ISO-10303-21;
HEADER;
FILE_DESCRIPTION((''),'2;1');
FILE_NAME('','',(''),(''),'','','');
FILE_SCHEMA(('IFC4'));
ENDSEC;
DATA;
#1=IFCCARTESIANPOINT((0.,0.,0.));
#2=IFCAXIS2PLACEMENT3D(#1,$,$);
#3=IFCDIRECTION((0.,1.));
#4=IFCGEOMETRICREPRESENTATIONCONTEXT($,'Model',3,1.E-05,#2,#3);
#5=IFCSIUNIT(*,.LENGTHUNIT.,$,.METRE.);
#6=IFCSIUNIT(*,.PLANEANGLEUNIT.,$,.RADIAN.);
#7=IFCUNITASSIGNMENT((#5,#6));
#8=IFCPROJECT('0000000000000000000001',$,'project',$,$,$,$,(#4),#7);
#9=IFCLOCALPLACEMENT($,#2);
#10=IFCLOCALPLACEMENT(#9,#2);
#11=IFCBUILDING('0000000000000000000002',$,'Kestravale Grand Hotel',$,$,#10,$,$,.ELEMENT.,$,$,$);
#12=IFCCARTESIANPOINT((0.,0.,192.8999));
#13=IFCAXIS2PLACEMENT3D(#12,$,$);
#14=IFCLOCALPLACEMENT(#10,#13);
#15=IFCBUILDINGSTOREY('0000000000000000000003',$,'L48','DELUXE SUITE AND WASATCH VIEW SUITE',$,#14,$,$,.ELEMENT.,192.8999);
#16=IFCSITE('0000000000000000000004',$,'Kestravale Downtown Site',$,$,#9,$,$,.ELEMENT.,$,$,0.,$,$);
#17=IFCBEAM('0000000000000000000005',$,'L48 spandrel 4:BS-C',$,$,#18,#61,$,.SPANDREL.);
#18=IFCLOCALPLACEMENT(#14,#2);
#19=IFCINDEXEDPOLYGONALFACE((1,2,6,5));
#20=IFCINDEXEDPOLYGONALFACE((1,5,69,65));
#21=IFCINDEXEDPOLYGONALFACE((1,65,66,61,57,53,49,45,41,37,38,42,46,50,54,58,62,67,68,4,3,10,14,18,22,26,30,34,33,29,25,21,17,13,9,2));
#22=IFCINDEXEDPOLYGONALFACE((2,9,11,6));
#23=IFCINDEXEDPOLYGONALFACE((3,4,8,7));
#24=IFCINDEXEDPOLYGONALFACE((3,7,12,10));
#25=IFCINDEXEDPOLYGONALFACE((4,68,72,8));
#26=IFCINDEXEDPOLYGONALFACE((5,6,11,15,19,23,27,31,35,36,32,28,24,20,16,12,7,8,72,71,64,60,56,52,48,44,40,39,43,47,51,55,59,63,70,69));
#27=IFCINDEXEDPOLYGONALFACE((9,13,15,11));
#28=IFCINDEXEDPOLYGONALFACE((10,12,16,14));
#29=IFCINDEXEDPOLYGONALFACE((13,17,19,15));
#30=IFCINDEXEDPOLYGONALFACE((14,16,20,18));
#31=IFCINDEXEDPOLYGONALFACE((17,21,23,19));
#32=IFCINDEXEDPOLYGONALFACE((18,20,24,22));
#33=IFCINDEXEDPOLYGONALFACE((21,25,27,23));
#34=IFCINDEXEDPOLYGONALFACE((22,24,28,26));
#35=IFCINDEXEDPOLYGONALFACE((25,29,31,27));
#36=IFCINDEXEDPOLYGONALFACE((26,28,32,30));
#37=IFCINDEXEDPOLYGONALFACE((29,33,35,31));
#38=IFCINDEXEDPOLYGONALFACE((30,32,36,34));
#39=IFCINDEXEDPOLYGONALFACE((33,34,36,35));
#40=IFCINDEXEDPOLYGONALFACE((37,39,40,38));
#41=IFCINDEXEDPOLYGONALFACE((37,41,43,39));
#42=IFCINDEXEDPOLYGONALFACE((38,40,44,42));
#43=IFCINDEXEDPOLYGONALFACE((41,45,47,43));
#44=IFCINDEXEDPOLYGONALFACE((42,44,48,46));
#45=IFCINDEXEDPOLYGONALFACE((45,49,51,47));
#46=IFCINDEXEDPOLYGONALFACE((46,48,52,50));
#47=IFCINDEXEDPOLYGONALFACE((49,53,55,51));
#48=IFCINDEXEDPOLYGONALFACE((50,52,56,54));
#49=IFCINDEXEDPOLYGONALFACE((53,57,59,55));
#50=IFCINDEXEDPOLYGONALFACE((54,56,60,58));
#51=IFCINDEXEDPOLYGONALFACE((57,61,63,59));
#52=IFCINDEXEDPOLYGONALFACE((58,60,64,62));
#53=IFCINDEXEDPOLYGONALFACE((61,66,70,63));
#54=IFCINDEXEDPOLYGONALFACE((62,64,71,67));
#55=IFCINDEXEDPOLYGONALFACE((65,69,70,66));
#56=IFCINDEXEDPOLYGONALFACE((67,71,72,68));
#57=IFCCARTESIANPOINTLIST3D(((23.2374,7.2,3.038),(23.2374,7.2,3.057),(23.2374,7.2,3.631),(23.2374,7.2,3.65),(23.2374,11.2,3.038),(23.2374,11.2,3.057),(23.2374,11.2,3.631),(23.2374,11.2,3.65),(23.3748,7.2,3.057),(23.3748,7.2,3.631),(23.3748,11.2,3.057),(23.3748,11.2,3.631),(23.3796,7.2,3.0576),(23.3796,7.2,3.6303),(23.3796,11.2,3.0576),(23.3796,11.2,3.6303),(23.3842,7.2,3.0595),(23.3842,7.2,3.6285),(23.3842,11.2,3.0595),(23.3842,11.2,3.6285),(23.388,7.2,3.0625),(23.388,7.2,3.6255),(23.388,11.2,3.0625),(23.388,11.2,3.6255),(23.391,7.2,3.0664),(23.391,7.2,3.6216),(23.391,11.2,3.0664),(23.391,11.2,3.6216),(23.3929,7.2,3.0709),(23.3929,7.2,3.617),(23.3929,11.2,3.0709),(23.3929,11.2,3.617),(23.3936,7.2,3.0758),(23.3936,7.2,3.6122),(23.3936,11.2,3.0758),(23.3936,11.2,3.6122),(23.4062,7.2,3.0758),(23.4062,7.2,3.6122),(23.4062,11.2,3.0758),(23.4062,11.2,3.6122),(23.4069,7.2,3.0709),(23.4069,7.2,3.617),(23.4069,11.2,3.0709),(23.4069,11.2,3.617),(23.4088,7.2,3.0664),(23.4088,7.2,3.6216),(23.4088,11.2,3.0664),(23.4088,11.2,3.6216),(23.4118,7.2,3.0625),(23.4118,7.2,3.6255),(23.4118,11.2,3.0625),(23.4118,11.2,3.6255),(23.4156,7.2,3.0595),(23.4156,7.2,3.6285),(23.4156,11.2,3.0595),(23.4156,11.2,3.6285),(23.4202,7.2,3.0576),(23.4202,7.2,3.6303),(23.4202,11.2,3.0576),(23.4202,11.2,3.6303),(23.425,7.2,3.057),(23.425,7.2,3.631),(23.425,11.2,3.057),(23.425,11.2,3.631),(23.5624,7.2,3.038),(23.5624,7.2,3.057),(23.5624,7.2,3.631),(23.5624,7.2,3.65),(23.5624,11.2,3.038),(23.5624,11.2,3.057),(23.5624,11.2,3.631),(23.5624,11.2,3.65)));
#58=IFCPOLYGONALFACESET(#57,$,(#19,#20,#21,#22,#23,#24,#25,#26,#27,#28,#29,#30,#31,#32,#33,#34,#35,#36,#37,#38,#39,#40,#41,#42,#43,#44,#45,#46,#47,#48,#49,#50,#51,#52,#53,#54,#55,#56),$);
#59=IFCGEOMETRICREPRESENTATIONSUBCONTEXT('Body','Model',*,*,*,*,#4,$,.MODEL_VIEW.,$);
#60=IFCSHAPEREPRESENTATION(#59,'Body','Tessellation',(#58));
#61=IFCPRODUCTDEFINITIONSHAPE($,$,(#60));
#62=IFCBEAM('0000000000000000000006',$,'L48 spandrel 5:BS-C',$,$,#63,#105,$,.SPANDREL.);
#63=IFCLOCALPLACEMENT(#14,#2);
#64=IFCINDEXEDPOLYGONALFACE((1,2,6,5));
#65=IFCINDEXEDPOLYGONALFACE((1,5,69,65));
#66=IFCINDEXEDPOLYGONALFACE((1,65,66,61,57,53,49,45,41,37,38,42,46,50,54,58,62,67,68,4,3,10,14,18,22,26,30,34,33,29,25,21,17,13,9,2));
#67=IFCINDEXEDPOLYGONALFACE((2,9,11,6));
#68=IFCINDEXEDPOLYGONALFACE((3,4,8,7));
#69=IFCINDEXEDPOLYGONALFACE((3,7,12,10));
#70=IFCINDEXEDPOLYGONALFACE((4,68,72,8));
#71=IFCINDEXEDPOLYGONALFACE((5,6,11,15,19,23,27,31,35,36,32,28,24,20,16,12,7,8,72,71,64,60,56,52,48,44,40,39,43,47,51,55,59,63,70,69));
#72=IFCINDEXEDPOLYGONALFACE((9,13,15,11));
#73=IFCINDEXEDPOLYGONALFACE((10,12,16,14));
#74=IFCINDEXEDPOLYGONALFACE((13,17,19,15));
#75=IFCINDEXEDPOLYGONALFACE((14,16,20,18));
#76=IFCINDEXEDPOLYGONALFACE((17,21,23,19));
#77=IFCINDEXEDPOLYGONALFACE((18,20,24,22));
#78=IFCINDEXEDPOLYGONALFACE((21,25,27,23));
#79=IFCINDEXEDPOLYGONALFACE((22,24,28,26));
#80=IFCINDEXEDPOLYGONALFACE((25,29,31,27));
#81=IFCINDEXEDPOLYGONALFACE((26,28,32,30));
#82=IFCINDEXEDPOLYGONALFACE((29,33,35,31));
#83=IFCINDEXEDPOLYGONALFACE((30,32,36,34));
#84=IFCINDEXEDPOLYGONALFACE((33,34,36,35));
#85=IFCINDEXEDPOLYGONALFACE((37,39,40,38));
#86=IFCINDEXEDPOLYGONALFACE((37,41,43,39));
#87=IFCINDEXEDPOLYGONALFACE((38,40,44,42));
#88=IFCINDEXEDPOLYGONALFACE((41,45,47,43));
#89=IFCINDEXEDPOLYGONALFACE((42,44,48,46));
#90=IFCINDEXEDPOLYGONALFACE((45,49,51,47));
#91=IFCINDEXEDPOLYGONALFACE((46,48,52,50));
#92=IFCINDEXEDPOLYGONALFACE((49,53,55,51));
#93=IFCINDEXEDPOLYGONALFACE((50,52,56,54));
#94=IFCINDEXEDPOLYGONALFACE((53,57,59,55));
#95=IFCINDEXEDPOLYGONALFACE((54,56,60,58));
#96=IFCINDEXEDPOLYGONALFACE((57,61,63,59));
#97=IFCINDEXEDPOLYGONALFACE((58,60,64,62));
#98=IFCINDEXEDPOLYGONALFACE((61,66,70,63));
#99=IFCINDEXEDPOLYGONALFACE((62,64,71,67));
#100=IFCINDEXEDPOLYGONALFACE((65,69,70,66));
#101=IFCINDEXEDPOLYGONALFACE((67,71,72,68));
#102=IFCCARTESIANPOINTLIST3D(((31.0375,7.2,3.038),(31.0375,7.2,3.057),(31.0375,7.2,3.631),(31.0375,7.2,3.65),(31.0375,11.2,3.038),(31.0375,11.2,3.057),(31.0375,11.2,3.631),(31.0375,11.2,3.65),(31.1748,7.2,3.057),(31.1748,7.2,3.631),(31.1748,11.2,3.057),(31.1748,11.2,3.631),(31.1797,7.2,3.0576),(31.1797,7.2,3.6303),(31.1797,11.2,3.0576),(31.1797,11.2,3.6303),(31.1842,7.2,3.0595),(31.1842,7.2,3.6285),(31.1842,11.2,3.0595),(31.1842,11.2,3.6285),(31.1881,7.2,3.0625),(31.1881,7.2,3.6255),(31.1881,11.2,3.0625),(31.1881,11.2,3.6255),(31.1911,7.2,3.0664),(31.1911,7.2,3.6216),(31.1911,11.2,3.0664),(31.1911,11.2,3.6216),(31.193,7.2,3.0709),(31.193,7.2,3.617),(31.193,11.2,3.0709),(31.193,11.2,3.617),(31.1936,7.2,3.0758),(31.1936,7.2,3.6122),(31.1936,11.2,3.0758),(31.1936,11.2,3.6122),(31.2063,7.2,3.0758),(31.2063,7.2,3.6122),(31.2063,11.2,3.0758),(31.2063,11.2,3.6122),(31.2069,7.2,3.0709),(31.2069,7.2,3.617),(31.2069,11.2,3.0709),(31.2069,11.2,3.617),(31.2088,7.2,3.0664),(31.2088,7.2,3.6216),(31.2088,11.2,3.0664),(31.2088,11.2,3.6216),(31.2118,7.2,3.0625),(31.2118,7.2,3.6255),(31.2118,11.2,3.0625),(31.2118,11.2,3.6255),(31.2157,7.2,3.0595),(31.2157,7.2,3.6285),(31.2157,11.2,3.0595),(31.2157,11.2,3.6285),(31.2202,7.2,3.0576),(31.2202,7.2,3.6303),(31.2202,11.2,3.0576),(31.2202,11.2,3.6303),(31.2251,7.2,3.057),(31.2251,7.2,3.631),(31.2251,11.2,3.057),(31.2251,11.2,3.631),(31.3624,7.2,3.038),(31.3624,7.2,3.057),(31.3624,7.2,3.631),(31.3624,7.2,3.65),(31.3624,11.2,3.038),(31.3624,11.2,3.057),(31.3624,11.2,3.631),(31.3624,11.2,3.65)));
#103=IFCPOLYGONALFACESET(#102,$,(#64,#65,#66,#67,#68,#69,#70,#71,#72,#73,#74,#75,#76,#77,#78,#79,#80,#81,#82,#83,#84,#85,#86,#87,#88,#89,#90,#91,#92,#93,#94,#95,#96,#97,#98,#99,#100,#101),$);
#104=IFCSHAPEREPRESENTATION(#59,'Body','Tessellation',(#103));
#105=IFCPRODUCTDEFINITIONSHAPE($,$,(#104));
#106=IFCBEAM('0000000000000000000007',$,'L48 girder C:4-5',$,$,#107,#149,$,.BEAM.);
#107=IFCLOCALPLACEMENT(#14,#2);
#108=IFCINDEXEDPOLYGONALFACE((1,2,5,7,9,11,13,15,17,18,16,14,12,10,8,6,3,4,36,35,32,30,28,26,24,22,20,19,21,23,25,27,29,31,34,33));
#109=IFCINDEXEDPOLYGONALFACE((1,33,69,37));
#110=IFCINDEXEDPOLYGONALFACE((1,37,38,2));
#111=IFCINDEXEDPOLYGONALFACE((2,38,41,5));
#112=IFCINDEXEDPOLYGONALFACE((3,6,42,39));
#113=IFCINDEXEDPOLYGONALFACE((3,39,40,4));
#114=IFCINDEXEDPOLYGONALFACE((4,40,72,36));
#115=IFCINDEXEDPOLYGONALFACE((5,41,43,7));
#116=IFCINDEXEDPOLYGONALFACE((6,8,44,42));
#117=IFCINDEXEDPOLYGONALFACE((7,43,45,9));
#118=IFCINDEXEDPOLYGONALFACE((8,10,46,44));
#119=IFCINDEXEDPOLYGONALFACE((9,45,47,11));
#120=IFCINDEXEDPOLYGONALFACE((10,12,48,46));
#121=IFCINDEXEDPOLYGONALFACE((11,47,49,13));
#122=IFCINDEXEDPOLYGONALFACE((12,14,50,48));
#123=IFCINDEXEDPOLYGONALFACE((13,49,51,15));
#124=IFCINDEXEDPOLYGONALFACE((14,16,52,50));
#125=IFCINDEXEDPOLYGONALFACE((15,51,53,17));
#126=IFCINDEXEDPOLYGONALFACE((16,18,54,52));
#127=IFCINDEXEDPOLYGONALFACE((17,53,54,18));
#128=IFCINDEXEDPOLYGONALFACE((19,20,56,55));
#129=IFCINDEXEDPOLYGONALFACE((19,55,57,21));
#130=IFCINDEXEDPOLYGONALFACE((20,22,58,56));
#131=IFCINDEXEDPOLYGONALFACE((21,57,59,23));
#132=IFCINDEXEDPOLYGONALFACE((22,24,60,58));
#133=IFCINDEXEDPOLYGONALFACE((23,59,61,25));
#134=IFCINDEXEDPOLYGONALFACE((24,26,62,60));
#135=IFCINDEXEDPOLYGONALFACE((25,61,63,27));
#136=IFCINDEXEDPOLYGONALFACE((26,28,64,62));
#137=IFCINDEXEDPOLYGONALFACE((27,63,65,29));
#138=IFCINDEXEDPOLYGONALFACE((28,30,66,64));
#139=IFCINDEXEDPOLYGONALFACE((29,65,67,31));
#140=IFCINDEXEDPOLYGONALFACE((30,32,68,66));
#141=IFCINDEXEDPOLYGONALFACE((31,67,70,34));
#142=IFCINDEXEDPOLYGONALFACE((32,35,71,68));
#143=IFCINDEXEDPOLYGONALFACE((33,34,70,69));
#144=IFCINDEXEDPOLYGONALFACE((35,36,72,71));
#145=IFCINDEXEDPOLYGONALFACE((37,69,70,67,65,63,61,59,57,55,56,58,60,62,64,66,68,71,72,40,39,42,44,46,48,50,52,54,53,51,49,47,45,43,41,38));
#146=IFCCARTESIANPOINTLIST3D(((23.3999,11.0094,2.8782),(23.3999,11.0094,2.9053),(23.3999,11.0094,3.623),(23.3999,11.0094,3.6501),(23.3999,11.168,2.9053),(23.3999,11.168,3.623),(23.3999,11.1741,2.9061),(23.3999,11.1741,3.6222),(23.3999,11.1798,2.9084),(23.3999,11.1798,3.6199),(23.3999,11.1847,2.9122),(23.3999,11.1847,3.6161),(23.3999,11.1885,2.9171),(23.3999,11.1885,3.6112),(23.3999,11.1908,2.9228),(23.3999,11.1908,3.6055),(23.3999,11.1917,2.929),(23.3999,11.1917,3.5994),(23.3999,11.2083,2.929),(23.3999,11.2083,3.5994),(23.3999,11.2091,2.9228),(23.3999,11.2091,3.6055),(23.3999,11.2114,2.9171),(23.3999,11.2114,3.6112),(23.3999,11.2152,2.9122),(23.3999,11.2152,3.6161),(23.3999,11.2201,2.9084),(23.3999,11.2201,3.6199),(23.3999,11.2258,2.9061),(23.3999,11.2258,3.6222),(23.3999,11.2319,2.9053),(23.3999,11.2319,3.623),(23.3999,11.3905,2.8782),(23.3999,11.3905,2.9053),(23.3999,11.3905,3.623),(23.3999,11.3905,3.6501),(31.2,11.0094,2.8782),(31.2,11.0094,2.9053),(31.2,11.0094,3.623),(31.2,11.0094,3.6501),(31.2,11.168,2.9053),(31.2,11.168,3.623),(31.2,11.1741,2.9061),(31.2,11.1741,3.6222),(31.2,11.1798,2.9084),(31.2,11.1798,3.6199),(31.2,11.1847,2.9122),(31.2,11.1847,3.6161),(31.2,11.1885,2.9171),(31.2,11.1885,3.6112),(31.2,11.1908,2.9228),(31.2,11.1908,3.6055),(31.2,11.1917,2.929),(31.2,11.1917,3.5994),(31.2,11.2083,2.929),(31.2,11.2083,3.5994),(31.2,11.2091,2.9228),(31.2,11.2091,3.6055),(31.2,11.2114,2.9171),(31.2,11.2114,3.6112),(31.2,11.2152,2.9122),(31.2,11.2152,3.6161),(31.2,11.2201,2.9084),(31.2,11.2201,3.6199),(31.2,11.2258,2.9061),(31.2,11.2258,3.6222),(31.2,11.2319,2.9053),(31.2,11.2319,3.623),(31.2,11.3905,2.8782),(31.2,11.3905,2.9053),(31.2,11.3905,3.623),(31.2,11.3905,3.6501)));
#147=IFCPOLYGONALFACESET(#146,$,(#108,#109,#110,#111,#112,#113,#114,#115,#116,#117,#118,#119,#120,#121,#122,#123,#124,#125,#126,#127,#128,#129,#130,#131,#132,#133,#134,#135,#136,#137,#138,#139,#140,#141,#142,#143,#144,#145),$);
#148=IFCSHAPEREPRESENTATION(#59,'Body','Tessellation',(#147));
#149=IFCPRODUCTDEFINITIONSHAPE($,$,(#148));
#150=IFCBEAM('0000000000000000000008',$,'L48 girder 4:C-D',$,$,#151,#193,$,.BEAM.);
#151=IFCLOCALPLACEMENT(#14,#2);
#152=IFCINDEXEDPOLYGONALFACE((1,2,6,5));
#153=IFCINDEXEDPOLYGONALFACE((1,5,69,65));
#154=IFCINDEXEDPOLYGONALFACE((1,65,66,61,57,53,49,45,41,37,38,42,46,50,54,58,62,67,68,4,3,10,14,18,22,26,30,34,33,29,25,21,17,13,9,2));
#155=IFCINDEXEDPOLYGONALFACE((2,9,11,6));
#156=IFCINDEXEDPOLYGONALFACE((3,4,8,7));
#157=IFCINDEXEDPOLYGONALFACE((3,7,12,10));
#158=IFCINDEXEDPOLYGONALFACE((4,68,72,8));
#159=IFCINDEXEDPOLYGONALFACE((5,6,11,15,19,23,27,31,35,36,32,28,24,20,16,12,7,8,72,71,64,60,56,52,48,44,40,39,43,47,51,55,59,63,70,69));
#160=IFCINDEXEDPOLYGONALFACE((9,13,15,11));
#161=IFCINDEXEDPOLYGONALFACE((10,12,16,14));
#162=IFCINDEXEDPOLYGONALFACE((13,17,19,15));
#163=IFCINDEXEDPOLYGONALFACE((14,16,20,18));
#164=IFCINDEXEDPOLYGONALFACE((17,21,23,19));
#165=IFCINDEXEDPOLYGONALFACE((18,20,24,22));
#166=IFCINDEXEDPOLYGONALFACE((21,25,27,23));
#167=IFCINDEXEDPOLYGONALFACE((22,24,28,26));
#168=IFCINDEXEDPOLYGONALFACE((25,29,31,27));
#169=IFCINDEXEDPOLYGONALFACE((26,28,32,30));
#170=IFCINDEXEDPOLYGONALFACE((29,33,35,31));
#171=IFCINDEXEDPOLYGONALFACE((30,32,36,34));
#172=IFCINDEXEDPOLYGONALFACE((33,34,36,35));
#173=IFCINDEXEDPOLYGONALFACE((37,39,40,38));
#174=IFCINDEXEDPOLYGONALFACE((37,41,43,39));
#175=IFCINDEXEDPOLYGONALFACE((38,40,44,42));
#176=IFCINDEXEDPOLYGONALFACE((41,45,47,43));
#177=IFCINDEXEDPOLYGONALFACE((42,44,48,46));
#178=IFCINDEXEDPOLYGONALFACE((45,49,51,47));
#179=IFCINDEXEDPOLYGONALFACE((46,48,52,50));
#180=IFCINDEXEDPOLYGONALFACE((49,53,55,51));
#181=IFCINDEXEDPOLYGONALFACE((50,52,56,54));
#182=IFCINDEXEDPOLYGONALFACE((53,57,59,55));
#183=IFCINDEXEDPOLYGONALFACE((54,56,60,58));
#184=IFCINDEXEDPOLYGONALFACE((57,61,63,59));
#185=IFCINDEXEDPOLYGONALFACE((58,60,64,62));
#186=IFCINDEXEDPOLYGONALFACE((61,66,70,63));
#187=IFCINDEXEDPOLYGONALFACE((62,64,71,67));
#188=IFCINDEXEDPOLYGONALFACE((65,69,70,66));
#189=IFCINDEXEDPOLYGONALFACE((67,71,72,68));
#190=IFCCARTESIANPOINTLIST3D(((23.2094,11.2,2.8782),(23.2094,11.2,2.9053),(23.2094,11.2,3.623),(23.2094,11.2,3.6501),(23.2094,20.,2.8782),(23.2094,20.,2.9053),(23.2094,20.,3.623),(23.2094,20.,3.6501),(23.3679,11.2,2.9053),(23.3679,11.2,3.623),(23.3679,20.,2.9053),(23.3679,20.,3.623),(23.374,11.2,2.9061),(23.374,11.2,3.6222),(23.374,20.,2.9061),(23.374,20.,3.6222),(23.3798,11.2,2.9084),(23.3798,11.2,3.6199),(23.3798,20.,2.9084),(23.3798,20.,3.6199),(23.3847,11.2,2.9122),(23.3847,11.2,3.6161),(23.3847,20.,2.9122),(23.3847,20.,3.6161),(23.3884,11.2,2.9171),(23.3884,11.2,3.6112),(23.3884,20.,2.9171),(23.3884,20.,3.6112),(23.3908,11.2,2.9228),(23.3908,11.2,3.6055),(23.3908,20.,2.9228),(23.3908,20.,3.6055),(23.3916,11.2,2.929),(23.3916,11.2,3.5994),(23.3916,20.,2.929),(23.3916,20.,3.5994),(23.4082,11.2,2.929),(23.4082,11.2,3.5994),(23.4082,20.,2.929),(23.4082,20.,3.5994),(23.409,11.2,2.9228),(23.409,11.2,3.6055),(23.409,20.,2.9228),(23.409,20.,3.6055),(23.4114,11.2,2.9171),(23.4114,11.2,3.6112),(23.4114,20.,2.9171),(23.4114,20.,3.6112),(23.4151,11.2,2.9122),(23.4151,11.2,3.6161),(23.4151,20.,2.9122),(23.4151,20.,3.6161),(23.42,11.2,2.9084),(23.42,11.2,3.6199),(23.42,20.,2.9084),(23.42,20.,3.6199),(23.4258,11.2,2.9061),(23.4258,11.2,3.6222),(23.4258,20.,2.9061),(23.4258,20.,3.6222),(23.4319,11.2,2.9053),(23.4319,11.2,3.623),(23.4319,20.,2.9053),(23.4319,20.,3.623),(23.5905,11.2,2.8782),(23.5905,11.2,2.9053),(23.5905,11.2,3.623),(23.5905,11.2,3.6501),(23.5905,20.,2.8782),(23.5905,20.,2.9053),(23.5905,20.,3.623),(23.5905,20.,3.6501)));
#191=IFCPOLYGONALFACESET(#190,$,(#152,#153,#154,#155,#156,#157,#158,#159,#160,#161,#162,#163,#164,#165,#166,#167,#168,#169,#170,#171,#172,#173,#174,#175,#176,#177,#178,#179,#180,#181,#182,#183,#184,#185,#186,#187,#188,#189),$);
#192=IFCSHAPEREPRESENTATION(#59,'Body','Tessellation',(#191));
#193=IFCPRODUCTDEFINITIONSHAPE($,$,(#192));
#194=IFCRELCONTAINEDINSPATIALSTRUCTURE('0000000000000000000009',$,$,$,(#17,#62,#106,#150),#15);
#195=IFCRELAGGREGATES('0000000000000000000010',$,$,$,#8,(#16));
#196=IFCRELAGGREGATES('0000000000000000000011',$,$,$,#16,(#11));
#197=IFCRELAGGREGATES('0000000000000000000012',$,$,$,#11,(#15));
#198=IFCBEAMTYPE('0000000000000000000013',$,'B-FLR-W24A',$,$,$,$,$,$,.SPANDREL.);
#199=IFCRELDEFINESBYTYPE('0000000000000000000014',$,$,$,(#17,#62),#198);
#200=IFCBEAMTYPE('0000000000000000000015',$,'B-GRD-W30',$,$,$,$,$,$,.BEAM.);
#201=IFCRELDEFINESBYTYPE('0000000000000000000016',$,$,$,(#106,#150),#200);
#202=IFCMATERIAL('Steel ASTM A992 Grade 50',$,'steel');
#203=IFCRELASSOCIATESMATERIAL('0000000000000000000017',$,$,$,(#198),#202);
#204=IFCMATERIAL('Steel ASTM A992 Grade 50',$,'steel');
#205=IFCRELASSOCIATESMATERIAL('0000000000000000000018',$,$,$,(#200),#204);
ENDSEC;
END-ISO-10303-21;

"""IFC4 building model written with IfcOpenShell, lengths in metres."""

from ifc_helpers import new_model, si_unit, direction, frame, origin, origin_2d, place, context, subcontext, project, spatial, i_section, extrude, material, material_profile, profile_set, type_object, element, save


model = new_model("IFC4")

# Units and contexts
model_context = context("Model", 3, precision=1e-05, world=origin(), true_north=direction((0.0, 1.0)))
body_context = subcontext(model_context, "Body", "Model", "MODEL_VIEW")
ifc_project = project(units=[si_unit("LENGTHUNIT", "METRE"), si_unit("PLANEANGLEUNIT", "RADIAN")], contexts=[model_context])

# Site, building, storey
site_placement = place(None, origin())
site = spatial("IfcSite", under=ifc_project, at=site_placement, Name="Kestravale Downtown Site", CompositionType="ELEMENT", RefElevation=0.0)
building_placement = place(site_placement, origin())
building = spatial("IfcBuilding", under=site, at=building_placement, Name="Kestravale Grand Hotel", CompositionType="ELEMENT")
storey_placement = place(building_placement, frame((0.0, 0.0, 192.8999)))
storey = spatial("IfcBuildingStorey", under=building, at=storey_placement, Name="L48", Description="DELUXE SUITE AND WASATCH VIEW SUITE", CompositionType="ELEMENT", Elevation=192.8999)

# Beams
ifc_material_1 = material(Name="Steel ASTM A992 Grade 50", Category="steel")
ifc_material_profile_1 = material_profile(ifc_material_1, i_section(OverallWidth=0.325, OverallDepth=0.6121, WebThickness=0.0127, FlangeThickness=0.019, FilletRadius=0.0188, at=origin_2d()))
ifc_profile_set_1 = profile_set([ifc_material_profile_1], Name="Steel ASTM A992 Grade 50")
beam_type_1 = type_object("IfcBeamType", Name="B-FLR-W24A", PredefinedType="SPANDREL", material=ifc_profile_set_1)
for number, where, z_axis, x_axis, name in (
    (1, (23.3999, 7.2, 3.344), (0.0, 1.0, 0.0), (-1.0, 0.0, 0.0), "L48 spandrel 4:BS-C"),
    (2, (31.2, 7.2, 3.344), (0.0, 1.0, 0.0), (-1.0, 0.0, 0.0), "L48 spandrel 5:BS-C"),
):
    element("IfcBeam", number, at=place(storey_placement, frame(where, z_axis=z_axis, x_axis=x_axis)), inside=storey, type_object=beam_type_1, Name=name, PredefinedType="SPANDREL", context=body_context, shape_type="SweptSolid", body=[
        extrude(i_section(OverallWidth=0.325, OverallDepth=0.6121, WebThickness=0.0127, FlangeThickness=0.019, FilletRadius=0.0188, at=origin_2d()), origin(), (0.0, 0.0, 1.0), 4.0),
    ])
ifc_material_2 = material(Name="Steel ASTM A992 Grade 50", Category="steel")
ifc_material_profile_2 = material_profile(ifc_material_2, i_section(OverallWidth=0.3811, OverallDepth=0.772, WebThickness=0.0166, FlangeThickness=0.0271, FilletRadius=0.0237, at=origin_2d()))
ifc_profile_set_2 = profile_set([ifc_material_profile_2], Name="Steel ASTM A992 Grade 50")
beam_type_2 = type_object("IfcBeamType", Name="B-GRD-W30", PredefinedType="BEAM", material=ifc_profile_set_2)
beam_1_placement = place(storey_placement, frame((23.3999, 11.2, 3.2642), z_axis=(1.0, 0.0, 0.0), x_axis=(0.0, 1.0, 0.0)))
element("IfcBeam", 3, at=beam_1_placement, inside=storey, type_object=beam_type_2, Name="L48 girder C:4-5", PredefinedType="BEAM", context=body_context, shape_type="SweptSolid", body=[
    extrude(i_section(OverallWidth=0.3811, OverallDepth=0.772, WebThickness=0.0166, FlangeThickness=0.0271, FilletRadius=0.0237, at=origin_2d()), origin(), (0.0, 0.0, 1.0), 7.8),
])
for number, where, z_axis, x_axis, name in (
    (4, (23.3999, 11.2, 3.2642), (0.0, 1.0, 0.0), (-1.0, 0.0, 0.0), "L48 girder 4:C-D"),
):
    element("IfcBeam", number, at=place(storey_placement, frame(where, z_axis=z_axis, x_axis=x_axis)), inside=storey, type_object=beam_type_2, Name=name, PredefinedType="BEAM", context=body_context, shape_type="SweptSolid", body=[
        extrude(i_section(OverallWidth=0.3811, OverallDepth=0.772, WebThickness=0.0166, FlangeThickness=0.0271, FilletRadius=0.0237, at=origin_2d()), origin(), (0.0, 0.0, 1.0), 8.8),
    ])

save(model, "model.ifc")
